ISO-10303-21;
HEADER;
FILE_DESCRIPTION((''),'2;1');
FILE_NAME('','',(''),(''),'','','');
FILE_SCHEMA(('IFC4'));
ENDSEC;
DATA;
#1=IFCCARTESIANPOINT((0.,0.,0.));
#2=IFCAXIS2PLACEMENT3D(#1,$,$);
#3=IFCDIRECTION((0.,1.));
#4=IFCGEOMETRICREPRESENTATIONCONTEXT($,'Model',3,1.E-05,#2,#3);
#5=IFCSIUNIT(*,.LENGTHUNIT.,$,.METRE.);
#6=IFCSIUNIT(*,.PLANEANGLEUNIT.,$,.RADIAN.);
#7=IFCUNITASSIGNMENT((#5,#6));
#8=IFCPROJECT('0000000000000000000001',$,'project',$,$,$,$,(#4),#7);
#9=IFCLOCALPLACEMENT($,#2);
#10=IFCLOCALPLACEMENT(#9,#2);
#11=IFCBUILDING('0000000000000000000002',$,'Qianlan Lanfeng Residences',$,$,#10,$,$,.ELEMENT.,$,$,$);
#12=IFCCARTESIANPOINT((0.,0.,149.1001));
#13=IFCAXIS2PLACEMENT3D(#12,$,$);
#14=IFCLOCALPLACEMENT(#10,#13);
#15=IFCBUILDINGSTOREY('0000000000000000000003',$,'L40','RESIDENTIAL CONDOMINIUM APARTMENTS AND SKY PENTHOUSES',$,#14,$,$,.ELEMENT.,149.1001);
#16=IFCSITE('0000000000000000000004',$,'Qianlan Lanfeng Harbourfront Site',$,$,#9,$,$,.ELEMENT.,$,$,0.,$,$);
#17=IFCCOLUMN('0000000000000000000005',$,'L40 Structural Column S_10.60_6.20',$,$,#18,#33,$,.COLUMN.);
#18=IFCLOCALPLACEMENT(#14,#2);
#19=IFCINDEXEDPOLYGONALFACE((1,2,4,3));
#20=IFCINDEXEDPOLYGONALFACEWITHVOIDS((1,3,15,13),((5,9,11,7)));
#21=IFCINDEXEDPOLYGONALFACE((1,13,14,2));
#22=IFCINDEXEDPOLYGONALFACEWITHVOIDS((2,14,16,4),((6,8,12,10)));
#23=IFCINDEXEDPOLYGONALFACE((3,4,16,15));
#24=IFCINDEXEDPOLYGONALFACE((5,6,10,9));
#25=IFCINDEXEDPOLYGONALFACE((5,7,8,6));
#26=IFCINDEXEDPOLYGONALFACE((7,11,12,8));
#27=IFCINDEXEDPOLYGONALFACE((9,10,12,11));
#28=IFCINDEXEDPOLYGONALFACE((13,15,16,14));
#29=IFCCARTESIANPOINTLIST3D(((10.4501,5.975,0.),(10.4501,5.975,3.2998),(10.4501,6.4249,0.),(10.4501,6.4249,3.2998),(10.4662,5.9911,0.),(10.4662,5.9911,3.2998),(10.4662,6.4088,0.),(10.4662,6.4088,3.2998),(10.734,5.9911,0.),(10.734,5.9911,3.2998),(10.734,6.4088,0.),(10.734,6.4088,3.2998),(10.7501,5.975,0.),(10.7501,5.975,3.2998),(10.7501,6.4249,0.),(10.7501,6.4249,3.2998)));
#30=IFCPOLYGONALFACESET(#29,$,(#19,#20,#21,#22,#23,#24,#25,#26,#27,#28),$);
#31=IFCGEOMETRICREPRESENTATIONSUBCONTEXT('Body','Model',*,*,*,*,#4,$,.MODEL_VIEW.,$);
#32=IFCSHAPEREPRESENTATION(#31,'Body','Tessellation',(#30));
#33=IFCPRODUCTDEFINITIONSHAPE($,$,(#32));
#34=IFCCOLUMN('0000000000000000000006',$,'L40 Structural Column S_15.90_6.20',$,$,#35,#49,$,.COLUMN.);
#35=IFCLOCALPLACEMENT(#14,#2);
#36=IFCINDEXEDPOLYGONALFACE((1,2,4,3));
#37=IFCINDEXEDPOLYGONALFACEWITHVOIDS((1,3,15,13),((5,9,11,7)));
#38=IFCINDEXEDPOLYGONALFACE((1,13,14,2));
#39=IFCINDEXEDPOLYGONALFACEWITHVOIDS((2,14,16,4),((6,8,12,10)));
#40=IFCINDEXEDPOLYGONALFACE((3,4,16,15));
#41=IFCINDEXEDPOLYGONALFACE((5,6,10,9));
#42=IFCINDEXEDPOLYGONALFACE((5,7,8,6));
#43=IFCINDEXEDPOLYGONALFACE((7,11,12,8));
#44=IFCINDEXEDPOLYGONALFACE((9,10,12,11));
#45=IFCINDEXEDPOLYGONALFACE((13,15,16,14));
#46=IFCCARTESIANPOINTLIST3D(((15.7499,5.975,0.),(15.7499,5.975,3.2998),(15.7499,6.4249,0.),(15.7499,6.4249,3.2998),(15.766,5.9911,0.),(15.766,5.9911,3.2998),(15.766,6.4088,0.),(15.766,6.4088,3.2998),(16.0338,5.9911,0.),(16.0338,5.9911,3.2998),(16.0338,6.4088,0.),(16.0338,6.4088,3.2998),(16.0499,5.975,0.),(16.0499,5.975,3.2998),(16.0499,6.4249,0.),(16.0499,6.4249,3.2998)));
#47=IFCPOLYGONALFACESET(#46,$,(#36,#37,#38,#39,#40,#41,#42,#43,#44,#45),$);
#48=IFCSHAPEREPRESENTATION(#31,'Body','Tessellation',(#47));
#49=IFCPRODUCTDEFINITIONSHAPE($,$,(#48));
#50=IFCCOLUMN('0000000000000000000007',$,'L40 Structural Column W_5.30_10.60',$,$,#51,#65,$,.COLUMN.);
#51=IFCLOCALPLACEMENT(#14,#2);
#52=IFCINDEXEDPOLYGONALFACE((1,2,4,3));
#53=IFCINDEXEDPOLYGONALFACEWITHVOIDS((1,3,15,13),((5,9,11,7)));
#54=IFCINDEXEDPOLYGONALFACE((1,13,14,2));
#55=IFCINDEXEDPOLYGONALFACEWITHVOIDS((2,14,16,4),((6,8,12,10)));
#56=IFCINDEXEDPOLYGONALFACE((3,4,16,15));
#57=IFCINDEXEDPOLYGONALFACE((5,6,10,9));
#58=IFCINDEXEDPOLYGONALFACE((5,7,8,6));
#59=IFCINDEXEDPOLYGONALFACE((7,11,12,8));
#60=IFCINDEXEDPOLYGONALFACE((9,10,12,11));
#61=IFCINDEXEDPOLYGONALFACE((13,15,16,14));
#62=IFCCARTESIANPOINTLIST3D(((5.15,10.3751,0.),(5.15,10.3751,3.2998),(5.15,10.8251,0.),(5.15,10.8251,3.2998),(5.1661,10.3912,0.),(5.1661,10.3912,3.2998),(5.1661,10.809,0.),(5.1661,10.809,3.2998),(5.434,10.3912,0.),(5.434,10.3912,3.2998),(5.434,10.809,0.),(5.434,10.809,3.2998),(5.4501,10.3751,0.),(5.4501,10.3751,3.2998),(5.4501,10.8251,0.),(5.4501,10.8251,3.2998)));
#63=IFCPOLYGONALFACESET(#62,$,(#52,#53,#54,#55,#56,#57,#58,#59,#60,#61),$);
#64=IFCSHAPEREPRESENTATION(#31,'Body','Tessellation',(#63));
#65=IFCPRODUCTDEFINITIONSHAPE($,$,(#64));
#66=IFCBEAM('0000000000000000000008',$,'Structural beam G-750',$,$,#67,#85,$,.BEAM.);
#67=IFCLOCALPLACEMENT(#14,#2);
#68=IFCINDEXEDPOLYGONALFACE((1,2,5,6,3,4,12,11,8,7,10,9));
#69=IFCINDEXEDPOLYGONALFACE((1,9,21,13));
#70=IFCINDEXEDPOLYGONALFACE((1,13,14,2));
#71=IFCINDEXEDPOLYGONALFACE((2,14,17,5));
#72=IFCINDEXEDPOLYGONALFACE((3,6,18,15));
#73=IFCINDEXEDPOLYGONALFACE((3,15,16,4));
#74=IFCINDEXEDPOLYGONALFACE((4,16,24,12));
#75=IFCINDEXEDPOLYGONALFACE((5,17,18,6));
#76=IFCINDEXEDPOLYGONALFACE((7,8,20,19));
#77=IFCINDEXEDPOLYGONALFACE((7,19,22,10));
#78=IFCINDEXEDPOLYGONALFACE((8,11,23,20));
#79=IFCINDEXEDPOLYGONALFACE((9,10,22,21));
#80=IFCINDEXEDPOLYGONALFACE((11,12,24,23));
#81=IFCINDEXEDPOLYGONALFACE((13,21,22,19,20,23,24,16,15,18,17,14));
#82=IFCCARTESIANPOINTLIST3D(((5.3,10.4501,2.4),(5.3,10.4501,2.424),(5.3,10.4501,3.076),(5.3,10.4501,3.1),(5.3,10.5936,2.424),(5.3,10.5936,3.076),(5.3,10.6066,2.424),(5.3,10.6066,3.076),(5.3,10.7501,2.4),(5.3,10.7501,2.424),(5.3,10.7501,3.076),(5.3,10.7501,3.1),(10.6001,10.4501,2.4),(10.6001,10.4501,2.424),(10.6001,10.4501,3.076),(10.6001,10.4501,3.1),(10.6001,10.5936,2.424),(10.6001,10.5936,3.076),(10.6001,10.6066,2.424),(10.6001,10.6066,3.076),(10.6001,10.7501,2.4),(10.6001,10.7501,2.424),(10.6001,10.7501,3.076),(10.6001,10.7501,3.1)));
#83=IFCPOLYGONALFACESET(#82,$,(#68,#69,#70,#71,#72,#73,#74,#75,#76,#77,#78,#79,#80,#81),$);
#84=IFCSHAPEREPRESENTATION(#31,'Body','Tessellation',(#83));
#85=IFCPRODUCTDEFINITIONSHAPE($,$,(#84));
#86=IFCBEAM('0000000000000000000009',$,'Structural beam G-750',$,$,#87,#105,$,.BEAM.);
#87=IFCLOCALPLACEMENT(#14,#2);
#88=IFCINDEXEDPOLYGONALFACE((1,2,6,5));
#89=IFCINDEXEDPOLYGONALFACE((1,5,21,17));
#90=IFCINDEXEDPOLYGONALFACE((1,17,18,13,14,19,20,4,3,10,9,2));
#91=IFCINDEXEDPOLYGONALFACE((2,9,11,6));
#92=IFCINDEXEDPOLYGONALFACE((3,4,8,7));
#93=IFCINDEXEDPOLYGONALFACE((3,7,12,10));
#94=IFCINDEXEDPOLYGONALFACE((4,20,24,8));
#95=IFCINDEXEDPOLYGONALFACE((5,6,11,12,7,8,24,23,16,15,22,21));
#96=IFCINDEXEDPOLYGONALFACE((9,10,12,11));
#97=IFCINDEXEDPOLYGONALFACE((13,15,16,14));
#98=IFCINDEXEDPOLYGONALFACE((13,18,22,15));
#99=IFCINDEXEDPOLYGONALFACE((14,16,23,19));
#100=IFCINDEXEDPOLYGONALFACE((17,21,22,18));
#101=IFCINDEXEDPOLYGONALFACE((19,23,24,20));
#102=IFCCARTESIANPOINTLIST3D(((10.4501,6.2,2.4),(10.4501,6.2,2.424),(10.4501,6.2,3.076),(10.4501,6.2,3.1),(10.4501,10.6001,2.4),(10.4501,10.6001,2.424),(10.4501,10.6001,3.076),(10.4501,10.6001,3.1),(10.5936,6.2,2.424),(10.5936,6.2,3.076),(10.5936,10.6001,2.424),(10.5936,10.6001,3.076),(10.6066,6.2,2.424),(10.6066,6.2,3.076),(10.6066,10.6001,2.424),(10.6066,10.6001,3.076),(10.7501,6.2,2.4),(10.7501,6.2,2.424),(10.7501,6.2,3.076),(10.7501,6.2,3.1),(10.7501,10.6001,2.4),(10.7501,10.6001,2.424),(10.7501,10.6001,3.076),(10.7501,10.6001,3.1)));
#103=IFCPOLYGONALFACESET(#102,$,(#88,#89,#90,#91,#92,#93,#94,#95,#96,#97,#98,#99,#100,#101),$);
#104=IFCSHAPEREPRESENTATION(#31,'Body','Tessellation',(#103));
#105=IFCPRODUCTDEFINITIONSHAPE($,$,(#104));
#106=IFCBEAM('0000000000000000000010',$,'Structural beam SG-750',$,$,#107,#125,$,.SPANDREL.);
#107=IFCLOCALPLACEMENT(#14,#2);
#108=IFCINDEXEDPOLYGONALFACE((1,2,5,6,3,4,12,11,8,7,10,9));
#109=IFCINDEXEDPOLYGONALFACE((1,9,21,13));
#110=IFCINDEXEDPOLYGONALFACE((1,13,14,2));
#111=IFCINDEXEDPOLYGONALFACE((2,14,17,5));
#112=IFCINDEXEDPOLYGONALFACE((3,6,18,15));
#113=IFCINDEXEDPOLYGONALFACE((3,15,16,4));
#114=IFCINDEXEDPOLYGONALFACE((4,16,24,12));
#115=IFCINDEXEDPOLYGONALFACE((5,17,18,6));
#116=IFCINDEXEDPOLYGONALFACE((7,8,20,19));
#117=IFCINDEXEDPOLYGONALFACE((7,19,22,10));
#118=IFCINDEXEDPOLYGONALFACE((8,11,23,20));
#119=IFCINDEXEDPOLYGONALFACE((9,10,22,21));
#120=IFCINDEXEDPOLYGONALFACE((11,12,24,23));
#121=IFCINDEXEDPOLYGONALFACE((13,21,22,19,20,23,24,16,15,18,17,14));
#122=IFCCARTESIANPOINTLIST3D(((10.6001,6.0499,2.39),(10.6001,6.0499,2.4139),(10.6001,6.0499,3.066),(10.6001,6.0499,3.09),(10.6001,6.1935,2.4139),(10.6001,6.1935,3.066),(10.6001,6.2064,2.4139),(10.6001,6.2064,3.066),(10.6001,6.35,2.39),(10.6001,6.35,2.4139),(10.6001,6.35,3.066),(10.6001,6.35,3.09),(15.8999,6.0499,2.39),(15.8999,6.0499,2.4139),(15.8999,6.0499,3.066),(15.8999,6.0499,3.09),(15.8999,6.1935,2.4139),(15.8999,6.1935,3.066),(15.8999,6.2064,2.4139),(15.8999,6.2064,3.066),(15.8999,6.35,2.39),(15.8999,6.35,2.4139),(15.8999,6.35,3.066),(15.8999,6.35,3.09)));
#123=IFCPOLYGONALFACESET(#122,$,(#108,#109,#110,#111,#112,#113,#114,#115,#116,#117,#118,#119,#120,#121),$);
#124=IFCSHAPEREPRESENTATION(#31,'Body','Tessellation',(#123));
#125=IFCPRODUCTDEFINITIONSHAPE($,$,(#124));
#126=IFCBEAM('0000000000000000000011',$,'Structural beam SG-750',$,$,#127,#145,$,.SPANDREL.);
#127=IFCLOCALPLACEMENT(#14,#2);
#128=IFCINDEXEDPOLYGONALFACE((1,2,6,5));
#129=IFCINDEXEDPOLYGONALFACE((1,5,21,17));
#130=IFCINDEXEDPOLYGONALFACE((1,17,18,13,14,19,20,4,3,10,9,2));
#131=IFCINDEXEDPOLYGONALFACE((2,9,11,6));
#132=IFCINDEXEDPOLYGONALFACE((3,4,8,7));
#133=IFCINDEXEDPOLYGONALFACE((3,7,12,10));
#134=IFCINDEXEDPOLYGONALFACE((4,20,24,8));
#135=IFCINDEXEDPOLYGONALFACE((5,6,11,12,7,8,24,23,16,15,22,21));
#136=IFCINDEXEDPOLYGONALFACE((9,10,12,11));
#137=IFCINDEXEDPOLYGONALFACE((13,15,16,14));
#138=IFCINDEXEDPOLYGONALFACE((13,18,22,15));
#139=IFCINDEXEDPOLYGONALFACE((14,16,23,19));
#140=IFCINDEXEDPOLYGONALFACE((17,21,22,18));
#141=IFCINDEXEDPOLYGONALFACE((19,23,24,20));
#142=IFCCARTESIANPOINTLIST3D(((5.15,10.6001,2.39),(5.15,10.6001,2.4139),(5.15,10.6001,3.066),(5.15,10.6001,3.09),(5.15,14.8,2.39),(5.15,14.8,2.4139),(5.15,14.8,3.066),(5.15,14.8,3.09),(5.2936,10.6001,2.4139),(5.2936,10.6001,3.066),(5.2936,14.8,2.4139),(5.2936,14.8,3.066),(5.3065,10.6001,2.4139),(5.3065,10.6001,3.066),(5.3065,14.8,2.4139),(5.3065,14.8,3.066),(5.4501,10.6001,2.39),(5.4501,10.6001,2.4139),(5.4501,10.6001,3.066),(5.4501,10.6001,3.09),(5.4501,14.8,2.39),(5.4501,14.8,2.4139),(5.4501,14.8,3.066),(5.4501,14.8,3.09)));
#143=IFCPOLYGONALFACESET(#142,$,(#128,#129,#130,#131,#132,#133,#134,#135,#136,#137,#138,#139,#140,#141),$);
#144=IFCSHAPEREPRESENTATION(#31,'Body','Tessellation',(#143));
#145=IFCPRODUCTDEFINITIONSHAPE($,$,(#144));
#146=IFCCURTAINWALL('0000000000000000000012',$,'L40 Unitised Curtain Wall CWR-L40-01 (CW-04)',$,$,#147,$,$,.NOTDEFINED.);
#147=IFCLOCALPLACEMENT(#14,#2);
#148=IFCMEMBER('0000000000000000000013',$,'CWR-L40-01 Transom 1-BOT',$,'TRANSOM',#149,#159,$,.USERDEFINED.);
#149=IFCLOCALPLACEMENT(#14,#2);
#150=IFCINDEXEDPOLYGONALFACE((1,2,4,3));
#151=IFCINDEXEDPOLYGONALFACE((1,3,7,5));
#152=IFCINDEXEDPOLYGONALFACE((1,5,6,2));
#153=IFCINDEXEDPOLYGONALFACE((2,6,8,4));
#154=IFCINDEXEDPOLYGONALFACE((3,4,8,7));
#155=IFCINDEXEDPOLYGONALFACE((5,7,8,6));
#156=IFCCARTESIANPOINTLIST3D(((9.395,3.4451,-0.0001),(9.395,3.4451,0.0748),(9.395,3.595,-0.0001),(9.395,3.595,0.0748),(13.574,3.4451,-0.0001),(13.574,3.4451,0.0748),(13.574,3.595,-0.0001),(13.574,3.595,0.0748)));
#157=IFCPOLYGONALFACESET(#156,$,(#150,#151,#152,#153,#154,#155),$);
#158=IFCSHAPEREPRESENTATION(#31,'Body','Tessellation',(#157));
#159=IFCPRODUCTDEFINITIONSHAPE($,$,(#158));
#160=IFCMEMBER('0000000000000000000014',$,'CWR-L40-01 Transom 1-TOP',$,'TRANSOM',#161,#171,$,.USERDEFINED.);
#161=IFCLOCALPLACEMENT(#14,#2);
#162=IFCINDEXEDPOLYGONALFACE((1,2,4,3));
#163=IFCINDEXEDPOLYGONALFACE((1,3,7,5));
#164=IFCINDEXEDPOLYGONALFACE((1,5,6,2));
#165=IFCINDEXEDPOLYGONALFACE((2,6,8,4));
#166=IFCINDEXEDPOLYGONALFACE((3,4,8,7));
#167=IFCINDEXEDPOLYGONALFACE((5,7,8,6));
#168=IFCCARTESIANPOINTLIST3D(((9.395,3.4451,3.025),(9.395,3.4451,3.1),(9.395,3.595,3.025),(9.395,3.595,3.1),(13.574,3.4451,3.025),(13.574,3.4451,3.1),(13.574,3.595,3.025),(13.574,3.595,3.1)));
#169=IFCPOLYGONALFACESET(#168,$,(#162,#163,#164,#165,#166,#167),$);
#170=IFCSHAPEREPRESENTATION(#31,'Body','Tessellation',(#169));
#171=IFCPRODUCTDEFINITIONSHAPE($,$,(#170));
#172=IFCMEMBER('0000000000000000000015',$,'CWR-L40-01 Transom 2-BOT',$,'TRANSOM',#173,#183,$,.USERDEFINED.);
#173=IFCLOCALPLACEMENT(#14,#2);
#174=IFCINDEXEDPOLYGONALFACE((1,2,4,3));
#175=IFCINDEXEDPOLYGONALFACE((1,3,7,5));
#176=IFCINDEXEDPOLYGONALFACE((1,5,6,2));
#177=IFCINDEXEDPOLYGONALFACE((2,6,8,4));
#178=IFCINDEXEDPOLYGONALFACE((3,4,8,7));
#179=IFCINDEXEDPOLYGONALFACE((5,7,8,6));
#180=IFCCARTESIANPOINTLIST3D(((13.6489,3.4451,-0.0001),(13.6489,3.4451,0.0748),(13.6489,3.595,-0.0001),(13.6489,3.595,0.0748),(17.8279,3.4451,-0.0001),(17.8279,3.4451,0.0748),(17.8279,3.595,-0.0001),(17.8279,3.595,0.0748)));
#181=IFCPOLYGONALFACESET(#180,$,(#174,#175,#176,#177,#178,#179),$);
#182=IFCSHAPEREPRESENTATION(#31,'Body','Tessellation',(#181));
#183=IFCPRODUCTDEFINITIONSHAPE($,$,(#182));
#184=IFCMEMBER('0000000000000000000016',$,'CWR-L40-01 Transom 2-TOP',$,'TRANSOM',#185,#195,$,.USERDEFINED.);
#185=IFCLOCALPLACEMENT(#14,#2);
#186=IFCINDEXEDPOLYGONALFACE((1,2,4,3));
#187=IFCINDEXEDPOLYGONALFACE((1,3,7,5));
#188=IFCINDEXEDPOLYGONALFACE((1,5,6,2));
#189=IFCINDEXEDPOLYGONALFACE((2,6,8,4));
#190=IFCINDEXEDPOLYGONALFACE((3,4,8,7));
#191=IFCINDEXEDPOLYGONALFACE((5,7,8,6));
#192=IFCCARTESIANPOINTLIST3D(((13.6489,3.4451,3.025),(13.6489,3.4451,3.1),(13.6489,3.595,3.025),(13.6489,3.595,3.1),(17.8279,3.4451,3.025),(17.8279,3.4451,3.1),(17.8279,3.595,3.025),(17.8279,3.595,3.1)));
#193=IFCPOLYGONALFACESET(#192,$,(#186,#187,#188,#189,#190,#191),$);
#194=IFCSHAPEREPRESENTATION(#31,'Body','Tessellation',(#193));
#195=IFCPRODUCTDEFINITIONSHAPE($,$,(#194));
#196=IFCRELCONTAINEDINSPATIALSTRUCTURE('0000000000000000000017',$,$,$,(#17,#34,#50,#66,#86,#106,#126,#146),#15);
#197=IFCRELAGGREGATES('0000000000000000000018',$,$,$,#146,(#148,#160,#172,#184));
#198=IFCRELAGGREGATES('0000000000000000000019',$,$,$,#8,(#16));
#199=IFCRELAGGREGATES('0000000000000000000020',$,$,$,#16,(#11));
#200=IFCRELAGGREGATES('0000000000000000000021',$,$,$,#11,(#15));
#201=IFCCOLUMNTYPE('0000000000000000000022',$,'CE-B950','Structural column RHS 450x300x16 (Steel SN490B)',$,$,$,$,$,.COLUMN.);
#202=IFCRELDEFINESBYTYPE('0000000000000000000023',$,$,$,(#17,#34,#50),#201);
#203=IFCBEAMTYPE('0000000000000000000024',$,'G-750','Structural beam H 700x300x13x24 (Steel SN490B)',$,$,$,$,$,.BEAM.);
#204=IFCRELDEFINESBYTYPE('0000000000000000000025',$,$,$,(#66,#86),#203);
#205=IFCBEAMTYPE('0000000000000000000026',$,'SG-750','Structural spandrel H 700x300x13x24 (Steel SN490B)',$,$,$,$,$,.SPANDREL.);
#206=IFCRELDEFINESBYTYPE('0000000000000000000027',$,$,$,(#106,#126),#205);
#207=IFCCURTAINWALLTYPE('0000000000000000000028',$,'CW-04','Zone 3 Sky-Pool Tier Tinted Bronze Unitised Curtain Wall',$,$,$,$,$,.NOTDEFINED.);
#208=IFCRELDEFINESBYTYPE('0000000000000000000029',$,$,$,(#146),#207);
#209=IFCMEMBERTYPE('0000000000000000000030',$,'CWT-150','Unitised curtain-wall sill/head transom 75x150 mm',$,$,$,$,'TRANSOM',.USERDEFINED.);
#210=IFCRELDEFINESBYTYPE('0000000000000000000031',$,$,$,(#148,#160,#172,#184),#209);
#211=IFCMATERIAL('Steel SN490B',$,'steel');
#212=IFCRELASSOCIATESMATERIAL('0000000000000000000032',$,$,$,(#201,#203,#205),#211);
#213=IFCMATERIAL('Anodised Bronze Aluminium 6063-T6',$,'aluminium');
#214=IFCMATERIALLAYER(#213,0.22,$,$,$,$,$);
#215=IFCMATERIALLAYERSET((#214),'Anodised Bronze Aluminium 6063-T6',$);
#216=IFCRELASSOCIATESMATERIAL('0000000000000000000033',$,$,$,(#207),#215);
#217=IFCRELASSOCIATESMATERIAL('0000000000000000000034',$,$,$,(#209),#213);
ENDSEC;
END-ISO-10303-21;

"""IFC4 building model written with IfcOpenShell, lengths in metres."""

from ifc_helpers import new_model, si_unit, direction, frame, origin, origin_2d, place, context, subcontext, project, spatial, rectangle, hollow_rectangle, i_section, extrude, source, transform, mapped, material, layer, layer_set, material_profile, profile_set, type_object, element, aggregate, save


model = new_model("IFC4")

# Units and contexts
model_context = context("Model", 3, precision=1e-05, world=origin(), true_north=direction((0.0, 1.0)))
body_context = subcontext(model_context, "Body", "Model", "MODEL_VIEW")
ifc_project = project(units=[si_unit("LENGTHUNIT", "METRE"), si_unit("PLANEANGLEUNIT", "RADIAN")], contexts=[model_context])

# Site, building, storey
site_placement = place(None, origin())
site = spatial("IfcSite", under=ifc_project, at=site_placement, Name="Qianlan Lanfeng Harbourfront Site", CompositionType="ELEMENT", RefElevation=0.0)
building_placement = place(site_placement, origin())
building = spatial("IfcBuilding", under=site, at=building_placement, Name="Qianlan Lanfeng Residences", CompositionType="ELEMENT")
storey_placement = place(building_placement, frame((0.0, 0.0, 149.1001)))
storey = spatial("IfcBuildingStorey", under=building, at=storey_placement, Name="L40", Description="RESIDENTIAL CONDOMINIUM APARTMENTS AND SKY PENTHOUSES", CompositionType="ELEMENT", Elevation=149.1001)

# Columns
ifc_material_1 = material(Name="Steel SN490B", Category="steel")
ifc_material_profile_1 = material_profile(ifc_material_1, hollow_rectangle(XDim=0.3, YDim=0.45, WallThickness=0.0161, at=origin_2d()), Name="RHS 450x300x16")
ifc_profile_set_1 = profile_set([ifc_material_profile_1], Name="Steel SN490B")
column_type = type_object("IfcColumnType", Name="CE-B950", Description="Structural column RHS 450x300x16 (Steel SN490B)", PredefinedType="COLUMN", material=ifc_profile_set_1)
for number, where, z_axis, x_axis, name in (
    (1, (10.6001, 6.2, 0.0), (0.0, 0.0, 1.0), (1.0, 0.0, 0.0), "L40 Structural Column S_10.60_6.20"),
    (2, (15.8999, 6.2, 0.0), (0.0, 0.0, 1.0), (1.0, 0.0, 0.0), "L40 Structural Column S_15.90_6.20"),
    (3, (5.3, 10.6001, 0.0), (0.0, 0.0, 1.0), (1.0, 0.0, 0.0), "L40 Structural Column W_5.30_10.60"),
):
    element("IfcColumn", number, at=place(storey_placement, frame(where, z_axis=z_axis, x_axis=x_axis)), inside=storey, type_object=column_type, Name=name, PredefinedType="COLUMN", context=body_context, shape_type="SweptSolid", body=[
        extrude(hollow_rectangle(XDim=0.3, YDim=0.45, WallThickness=0.0161, at=origin_2d()), origin(), (0.0, 0.0, 1.0), 3.2998),
    ])

# Beams
ifc_material_profile_2 = material_profile(ifc_material_1, i_section(OverallWidth=0.3, OverallDepth=0.7, WebThickness=0.0129, FlangeThickness=0.0239, at=origin_2d()), Name="H 700x300x13x24")
ifc_profile_set_2 = profile_set([ifc_material_profile_2], Name="Steel SN490B")
beam_type_1 = type_object("IfcBeamType", Name="G-750", Description="Structural beam H 700x300x13x24 (Steel SN490B)", PredefinedType="BEAM", material=ifc_profile_set_2)
beam_1_placement = place(storey_placement, frame((5.3, 10.6001, 2.75), z_axis=(1.0, 0.0, 0.0), x_axis=(0.0, 1.0, 0.0)))
element("IfcBeam", 4, at=beam_1_placement, inside=storey, type_object=beam_type_1, Name="Structural beam G-750", PredefinedType="BEAM", context=body_context, shape_type="SweptSolid", body=[
    extrude(i_section(OverallWidth=0.3, OverallDepth=0.7, WebThickness=0.0129, FlangeThickness=0.0239, at=origin_2d()), origin(), (0.0, 0.0, 1.0), 5.3),
])
beam_2_placement = place(storey_placement, frame((10.6001, 6.2, 2.75), z_axis=(0.0, 1.0, 0.0), x_axis=(-1.0, 0.0, 0.0)))
element("IfcBeam", 5, at=beam_2_placement, inside=storey, type_object=beam_type_1, Name="Structural beam G-750", PredefinedType="BEAM", context=body_context, shape_type="SweptSolid", body=[
    extrude(i_section(OverallWidth=0.3, OverallDepth=0.7, WebThickness=0.0129, FlangeThickness=0.0239, at=origin_2d()), origin(), (0.0, 0.0, 1.0), 4.4001),
])
ifc_material_profile_3 = material_profile(ifc_material_1, i_section(OverallWidth=0.3, OverallDepth=0.7, WebThickness=0.0129, FlangeThickness=0.0239, at=origin_2d()), Name="H 700x300x13x24")
ifc_profile_set_3 = profile_set([ifc_material_profile_3], Name="Steel SN490B")
beam_type_2 = type_object("IfcBeamType", Name="SG-750", Description="Structural spandrel H 700x300x13x24 (Steel SN490B)", PredefinedType="SPANDREL", material=ifc_profile_set_3)
beam_3_placement = place(storey_placement, frame((10.6001, 6.2, 2.74), z_axis=(1.0, 0.0, 0.0), x_axis=(0.0, 1.0, 0.0)))
element("IfcBeam", 6, at=beam_3_placement, inside=storey, type_object=beam_type_2, Name="Structural beam SG-750", PredefinedType="SPANDREL", context=body_context, shape_type="SweptSolid", body=[
    extrude(i_section(OverallWidth=0.3, OverallDepth=0.7, WebThickness=0.0129, FlangeThickness=0.0239, at=origin_2d()), origin(), (0.0, 0.0, 1.0), 5.2998),
])
beam_4_placement = place(storey_placement, frame((5.3, 10.6001, 2.74), z_axis=(0.0, 1.0, 0.0), x_axis=(-1.0, 0.0, 0.0)))
element("IfcBeam", 7, at=beam_4_placement, inside=storey, type_object=beam_type_2, Name="Structural beam SG-750", PredefinedType="SPANDREL", context=body_context, shape_type="SweptSolid", body=[
    extrude(i_section(OverallWidth=0.3, OverallDepth=0.7, WebThickness=0.0129, FlangeThickness=0.0239, at=origin_2d()), origin(), (0.0, 0.0, 1.0), 4.2),
])

# Curtain wall, members
ifc_material_2 = material(Name="Anodised Bronze Aluminium 6063-T6", Category="aluminium")
ifc_layer_1 = layer(ifc_material_2, 0.22)
ifc_layer_set_1 = layer_set([ifc_layer_1], Name="Anodised Bronze Aluminium 6063-T6")
curtain_wall_type = type_object("IfcCurtainWallType", Name="CW-04", Description="Zone 3 Sky-Pool Tier Tinted Bronze Unitised Curtain Wall", PredefinedType="NOTDEFINED", material=ifc_layer_set_1)
curtain_wall_placement = place(storey_placement, origin())
curtain_wall = element("IfcCurtainWall", 8, at=curtain_wall_placement, inside=storey, type_object=curtain_wall_type, Name="L40 Unitised Curtain Wall CWR-L40-01 (CW-04)", PredefinedType="NOTDEFINED")
ifc_material_profile_4 = material_profile(ifc_material_2, rectangle(XDim=0.075, YDim=0.1499, at=origin_2d()), Name="ALU TRANSOM 75x150")
ifc_profile_set_4 = profile_set([ifc_material_profile_4], Name="Anodised Bronze Aluminium 6063-T6")
member_type_1 = type_object("IfcMemberType", Name="CWT-150", Description="Unitised curtain-wall sill/head transom 75x150 mm", ElementType="TRANSOM", PredefinedType="USERDEFINED", material=ifc_profile_set_4)
shared_shape_1 = source(origin(), body_context, "Body", "SweptSolid", [
    extrude(rectangle(XDim=0.075, YDim=0.1499, at=origin_2d()), origin(), (0.0, 0.0, 1.0), 4.179),
])
member_1_placement = place(storey_placement, frame((9.395, 3.52, 0.0374), z_axis=(1.0, 0.0, 0.0), x_axis=(0.0, 0.0, 1.0)))
member_1 = element("IfcMember", 9, at=member_1_placement, type_object=member_type_1, Name="CWR-L40-01 Transom 1-BOT", ObjectType="TRANSOM", PredefinedType="USERDEFINED", context=body_context, shape_type="MappedRepresentation", body=[
    mapped(shared_shape_1, transform((0.0, 0.0, 0.0), scale=1.0)),
])
member_2_placement = place(storey_placement, frame((9.395, 3.52, 3.0625), z_axis=(1.0, 0.0, 0.0), x_axis=(0.0, 0.0, 1.0)))
member_2 = element("IfcMember", 10, at=member_2_placement, type_object=member_type_1, Name="CWR-L40-01 Transom 1-TOP", ObjectType="TRANSOM", PredefinedType="USERDEFINED", context=body_context, shape_type="MappedRepresentation", body=[
    mapped(shared_shape_1, transform((0.0, 0.0, 0.0), scale=1.0)),
])
member_3_placement = place(storey_placement, frame((13.6489, 3.52, 0.0374), z_axis=(1.0, 0.0, 0.0), x_axis=(0.0, 0.0, 1.0)))
member_3 = element("IfcMember", 11, at=member_3_placement, type_object=member_type_1, Name="CWR-L40-01 Transom 2-BOT", ObjectType="TRANSOM", PredefinedType="USERDEFINED", context=body_context, shape_type="MappedRepresentation", body=[
    mapped(shared_shape_1, transform((0.0, 0.0, 0.0), scale=1.0)),
])
member_4_placement = place(storey_placement, frame((13.6489, 3.52, 3.0625), z_axis=(1.0, 0.0, 0.0), x_axis=(0.0, 0.0, 1.0)))
member_4 = element("IfcMember", 12, at=member_4_placement, type_object=member_type_1, Name="CWR-L40-01 Transom 2-TOP", ObjectType="TRANSOM", PredefinedType="USERDEFINED", context=body_context, shape_type="MappedRepresentation", body=[
    mapped(shared_shape_1, transform((0.0, 0.0, 0.0), scale=1.0)),
])
aggregate(curtain_wall, [member_1, member_2, member_3, member_4])

save(model, "model.ifc")
